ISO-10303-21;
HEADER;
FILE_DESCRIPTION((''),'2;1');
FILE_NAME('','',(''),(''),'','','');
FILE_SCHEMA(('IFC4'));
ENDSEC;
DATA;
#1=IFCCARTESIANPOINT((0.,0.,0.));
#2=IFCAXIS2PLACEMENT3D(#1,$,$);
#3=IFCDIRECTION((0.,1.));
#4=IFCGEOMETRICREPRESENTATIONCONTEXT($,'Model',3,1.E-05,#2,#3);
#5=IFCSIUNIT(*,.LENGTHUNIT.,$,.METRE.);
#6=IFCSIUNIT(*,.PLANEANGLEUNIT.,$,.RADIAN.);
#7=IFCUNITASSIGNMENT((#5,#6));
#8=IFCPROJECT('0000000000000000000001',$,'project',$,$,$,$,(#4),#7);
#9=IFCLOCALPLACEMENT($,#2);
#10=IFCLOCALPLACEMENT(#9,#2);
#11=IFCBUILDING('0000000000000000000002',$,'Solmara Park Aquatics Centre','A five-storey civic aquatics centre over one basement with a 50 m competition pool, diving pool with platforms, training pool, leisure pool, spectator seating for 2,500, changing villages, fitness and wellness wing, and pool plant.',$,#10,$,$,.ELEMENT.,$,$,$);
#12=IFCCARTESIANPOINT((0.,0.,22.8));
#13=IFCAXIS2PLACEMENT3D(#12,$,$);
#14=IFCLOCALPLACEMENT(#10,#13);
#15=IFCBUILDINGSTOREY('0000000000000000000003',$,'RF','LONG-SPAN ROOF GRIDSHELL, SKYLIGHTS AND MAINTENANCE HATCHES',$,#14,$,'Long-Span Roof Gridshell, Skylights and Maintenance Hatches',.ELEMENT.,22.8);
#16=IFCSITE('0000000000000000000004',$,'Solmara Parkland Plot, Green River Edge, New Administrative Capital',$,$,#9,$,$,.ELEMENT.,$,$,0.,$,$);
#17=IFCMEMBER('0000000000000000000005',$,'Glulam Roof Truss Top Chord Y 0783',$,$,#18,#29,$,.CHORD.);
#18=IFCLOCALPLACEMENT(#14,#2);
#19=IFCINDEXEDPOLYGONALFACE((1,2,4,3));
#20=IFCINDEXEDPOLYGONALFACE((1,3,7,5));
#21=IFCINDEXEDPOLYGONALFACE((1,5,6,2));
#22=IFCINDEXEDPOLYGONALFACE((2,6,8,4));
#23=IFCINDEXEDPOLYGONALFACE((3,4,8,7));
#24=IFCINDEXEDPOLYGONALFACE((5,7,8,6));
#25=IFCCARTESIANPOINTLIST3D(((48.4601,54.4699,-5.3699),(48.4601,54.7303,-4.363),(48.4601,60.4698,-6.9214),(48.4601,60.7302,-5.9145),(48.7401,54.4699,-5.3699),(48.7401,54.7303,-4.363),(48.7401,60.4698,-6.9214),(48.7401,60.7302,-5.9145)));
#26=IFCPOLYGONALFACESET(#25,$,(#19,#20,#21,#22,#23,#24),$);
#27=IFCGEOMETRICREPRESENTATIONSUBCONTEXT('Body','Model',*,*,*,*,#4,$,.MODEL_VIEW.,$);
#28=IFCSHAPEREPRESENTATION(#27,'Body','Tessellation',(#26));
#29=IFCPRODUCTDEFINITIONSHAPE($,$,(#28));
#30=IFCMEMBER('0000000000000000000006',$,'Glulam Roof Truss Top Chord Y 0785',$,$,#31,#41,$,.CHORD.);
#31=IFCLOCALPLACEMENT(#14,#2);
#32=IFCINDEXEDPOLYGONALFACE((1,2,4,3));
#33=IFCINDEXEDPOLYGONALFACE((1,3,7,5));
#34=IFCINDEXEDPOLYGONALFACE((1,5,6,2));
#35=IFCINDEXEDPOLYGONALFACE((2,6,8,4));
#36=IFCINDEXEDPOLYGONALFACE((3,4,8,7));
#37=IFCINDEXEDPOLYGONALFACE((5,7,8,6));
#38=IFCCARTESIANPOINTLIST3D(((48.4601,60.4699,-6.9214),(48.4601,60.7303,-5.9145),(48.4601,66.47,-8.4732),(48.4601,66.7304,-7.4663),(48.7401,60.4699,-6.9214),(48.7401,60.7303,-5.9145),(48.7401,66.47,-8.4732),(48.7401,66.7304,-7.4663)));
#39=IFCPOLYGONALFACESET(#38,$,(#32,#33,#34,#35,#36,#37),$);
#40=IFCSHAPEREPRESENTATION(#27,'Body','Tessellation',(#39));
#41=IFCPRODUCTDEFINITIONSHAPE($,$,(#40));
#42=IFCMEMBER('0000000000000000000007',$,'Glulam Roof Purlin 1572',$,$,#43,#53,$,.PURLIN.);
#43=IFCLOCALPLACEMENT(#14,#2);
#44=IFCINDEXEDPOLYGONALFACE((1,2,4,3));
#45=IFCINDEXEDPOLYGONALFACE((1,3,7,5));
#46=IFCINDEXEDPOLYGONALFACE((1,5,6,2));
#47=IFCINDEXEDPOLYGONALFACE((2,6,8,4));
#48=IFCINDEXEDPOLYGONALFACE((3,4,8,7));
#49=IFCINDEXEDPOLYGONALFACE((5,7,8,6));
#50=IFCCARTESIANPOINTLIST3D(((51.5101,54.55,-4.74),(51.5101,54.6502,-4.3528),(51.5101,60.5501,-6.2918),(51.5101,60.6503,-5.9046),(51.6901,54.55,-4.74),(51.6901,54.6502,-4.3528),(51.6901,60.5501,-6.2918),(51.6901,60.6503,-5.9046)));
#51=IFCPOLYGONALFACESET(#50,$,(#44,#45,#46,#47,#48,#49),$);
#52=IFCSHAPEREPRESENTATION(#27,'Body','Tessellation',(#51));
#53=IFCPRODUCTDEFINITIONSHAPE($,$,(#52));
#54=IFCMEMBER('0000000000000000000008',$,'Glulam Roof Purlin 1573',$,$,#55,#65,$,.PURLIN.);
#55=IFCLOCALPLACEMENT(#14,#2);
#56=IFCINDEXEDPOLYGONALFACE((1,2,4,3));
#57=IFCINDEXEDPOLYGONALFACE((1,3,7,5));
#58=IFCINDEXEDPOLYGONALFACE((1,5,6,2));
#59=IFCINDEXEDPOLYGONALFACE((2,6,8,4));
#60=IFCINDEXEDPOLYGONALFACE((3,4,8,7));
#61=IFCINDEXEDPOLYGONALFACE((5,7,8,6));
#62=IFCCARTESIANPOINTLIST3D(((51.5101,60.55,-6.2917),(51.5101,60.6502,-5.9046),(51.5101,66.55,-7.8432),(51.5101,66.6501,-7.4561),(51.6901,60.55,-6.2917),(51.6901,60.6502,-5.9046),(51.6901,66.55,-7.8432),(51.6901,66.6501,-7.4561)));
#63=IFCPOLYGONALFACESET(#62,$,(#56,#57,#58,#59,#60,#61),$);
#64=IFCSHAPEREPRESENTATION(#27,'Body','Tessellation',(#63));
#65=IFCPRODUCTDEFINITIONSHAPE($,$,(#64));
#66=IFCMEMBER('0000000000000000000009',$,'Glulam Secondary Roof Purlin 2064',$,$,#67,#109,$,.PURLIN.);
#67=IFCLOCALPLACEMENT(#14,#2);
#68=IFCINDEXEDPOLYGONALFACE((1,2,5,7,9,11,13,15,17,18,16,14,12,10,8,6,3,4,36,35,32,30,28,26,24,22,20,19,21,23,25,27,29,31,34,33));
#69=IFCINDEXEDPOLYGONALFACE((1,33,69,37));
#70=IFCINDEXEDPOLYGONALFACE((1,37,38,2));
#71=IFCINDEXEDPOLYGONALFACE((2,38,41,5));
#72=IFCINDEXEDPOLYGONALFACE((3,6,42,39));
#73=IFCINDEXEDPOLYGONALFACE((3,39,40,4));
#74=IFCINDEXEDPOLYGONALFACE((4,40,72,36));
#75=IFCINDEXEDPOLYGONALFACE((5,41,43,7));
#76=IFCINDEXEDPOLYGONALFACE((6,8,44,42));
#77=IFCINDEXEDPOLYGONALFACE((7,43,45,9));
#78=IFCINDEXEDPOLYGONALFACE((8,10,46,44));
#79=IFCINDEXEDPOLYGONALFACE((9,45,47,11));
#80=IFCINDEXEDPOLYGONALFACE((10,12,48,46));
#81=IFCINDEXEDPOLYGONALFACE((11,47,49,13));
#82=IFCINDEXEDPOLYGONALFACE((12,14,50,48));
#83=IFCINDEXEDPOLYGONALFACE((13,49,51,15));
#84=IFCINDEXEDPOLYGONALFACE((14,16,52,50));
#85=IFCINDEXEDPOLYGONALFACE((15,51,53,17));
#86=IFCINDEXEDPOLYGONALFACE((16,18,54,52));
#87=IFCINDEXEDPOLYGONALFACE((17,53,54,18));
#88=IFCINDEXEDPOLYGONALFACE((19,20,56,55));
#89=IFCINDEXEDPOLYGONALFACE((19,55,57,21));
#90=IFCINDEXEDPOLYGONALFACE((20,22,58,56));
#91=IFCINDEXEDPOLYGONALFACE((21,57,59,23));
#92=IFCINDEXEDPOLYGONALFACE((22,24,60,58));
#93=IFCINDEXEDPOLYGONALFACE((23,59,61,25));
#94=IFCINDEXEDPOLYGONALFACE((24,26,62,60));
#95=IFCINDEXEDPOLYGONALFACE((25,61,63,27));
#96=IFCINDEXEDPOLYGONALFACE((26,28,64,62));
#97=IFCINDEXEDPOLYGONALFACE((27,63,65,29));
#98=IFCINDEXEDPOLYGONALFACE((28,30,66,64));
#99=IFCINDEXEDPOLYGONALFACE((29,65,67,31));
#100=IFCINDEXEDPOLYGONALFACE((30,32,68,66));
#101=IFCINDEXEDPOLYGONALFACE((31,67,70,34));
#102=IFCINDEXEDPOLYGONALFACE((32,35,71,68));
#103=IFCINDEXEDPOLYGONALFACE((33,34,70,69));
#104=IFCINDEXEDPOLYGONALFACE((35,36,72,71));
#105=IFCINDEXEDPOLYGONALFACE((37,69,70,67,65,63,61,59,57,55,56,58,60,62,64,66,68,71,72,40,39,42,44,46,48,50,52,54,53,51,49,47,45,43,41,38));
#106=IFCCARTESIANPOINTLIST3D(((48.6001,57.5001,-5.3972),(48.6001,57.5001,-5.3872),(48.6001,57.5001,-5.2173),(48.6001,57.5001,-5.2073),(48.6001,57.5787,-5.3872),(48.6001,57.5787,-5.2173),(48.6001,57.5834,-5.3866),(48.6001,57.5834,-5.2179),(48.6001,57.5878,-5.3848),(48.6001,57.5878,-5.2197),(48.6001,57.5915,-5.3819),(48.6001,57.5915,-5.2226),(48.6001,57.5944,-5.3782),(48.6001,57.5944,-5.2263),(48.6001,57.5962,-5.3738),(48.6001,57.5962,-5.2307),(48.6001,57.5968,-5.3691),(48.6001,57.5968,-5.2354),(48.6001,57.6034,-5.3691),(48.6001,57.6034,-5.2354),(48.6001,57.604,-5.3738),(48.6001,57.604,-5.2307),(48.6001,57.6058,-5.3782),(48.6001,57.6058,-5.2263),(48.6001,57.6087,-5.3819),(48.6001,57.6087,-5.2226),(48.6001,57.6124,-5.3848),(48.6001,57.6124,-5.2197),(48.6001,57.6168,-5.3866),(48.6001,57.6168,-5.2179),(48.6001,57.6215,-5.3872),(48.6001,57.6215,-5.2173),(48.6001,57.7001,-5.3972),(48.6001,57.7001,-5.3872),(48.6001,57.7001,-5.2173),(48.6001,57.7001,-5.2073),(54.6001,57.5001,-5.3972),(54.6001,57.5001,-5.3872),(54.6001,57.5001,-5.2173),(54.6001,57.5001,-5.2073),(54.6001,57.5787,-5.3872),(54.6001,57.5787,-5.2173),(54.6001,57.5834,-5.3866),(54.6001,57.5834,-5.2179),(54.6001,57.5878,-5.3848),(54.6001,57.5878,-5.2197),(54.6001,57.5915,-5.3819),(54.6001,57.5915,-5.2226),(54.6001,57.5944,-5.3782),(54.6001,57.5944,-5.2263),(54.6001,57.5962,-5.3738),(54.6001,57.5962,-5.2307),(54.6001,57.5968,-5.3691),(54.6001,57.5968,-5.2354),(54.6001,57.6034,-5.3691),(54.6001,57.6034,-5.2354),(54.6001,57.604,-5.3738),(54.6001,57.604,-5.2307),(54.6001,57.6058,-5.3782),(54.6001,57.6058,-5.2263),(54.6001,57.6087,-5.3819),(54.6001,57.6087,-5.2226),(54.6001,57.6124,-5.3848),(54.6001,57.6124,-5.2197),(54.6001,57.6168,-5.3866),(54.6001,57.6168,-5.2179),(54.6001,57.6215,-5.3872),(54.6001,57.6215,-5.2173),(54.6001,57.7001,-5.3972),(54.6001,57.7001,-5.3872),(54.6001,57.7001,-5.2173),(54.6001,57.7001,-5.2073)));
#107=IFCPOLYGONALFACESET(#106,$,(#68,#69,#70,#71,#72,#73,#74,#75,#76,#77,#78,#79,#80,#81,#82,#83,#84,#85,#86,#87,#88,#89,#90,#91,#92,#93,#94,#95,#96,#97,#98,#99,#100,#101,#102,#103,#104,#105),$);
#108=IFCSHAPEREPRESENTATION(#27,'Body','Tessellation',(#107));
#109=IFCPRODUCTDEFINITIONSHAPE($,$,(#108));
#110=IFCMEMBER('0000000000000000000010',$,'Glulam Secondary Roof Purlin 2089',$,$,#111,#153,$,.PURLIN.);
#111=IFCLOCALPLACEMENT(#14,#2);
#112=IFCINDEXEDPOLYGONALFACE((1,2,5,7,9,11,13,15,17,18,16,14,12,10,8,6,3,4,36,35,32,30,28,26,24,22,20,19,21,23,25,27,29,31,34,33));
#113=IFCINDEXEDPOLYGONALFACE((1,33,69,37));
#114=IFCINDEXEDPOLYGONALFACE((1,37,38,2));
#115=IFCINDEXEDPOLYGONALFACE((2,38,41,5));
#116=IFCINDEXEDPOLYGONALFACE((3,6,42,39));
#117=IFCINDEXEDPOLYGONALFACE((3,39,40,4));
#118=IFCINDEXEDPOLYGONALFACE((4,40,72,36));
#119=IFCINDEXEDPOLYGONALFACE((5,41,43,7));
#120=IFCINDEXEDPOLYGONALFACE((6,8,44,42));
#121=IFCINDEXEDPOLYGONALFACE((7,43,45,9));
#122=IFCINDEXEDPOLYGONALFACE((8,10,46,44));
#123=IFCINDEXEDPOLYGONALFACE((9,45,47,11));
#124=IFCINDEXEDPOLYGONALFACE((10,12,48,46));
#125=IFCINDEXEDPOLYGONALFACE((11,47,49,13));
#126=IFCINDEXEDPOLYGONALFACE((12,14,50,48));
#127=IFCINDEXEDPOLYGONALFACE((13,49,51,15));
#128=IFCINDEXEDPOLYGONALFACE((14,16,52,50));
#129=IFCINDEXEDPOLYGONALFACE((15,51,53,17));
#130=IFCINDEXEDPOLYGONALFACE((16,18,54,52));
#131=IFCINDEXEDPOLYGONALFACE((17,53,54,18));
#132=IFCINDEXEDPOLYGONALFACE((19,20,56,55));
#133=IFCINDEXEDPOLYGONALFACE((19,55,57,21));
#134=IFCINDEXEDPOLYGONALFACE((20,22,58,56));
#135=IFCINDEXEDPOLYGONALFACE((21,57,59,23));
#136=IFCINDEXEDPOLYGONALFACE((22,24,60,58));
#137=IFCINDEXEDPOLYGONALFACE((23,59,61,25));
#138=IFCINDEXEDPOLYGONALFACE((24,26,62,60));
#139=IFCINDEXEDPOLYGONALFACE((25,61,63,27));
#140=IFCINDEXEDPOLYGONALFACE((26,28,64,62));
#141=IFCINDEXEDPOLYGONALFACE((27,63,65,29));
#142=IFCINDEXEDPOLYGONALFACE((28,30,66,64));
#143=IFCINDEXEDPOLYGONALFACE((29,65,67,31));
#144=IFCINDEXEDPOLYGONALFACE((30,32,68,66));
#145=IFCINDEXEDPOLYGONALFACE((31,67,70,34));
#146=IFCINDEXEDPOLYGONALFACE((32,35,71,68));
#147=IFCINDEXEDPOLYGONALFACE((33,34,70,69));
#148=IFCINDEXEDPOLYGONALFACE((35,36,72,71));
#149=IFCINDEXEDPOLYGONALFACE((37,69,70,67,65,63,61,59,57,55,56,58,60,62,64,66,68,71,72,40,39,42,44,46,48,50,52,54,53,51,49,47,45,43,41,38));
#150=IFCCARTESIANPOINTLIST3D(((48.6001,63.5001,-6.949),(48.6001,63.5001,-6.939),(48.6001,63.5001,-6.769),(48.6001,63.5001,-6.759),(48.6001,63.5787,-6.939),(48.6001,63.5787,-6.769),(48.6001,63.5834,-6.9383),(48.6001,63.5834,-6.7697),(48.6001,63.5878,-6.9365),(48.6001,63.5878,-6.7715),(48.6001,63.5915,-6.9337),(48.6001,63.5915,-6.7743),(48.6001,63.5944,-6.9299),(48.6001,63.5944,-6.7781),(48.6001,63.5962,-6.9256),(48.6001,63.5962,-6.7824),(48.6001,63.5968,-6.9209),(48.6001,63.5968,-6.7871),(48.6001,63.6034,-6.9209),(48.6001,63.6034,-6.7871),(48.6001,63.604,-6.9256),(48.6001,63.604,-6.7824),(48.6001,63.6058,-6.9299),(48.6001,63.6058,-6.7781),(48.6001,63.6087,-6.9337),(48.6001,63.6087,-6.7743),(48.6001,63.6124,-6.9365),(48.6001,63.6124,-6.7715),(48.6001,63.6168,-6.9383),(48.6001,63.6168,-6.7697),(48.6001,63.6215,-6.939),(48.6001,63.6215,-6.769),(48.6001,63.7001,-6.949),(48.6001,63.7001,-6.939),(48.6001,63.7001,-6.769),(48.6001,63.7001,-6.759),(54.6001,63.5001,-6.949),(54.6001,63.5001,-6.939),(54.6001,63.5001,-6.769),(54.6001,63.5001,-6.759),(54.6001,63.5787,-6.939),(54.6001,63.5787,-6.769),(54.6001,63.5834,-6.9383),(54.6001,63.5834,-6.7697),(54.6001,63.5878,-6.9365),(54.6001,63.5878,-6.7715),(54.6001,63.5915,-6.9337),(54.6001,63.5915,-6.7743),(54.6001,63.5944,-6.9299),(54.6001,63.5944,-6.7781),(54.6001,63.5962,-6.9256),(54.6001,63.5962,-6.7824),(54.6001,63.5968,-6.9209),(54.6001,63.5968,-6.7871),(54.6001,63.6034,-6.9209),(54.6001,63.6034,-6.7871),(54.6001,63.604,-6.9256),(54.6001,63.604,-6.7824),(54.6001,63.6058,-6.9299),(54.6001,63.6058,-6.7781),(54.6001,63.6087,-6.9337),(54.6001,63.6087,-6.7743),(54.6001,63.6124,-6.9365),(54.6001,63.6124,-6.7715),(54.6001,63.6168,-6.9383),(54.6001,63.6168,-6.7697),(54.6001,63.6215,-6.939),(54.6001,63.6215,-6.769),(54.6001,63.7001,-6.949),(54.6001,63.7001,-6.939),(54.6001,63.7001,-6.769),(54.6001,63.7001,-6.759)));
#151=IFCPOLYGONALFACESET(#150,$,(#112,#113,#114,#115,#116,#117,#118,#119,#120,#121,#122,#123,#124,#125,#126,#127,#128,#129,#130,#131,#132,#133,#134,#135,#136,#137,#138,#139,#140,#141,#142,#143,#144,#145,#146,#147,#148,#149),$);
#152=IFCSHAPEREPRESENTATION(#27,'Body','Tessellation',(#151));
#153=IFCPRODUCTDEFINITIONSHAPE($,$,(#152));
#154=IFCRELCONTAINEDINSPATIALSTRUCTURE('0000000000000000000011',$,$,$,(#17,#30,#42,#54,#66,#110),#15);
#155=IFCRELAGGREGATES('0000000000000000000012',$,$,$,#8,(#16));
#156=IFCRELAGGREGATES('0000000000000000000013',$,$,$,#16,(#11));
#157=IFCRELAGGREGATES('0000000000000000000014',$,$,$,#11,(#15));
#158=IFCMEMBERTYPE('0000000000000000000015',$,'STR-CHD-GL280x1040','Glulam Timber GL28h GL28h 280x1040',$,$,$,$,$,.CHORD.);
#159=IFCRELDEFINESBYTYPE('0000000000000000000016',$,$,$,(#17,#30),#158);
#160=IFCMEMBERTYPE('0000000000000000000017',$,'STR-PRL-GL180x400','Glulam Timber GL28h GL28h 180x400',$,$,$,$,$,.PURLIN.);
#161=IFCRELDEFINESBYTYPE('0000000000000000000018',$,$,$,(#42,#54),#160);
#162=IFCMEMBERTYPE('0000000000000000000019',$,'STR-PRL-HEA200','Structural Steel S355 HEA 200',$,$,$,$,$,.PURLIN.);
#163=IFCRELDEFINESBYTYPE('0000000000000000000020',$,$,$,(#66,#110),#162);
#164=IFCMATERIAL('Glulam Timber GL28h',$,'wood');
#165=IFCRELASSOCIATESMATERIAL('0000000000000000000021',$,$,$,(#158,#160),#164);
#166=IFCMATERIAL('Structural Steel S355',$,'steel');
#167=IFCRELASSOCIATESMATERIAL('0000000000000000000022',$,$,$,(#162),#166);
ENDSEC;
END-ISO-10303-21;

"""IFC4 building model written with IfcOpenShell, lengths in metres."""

from ifc_helpers import new_model, si_unit, direction, frame, origin, origin_2d, place, context, subcontext, project, spatial, rectangle, i_section, extrude, material, material_profile, profile_set, type_object, element, save


model = new_model("IFC4")

# Units and contexts
model_context = context("Model", 3, precision=1e-05, world=origin(), true_north=direction((0.0, 1.0)))
body_context = subcontext(model_context, "Body", "Model", "MODEL_VIEW")
ifc_project = project(units=[si_unit("LENGTHUNIT", "METRE"), si_unit("PLANEANGLEUNIT", "RADIAN")], contexts=[model_context])

# Site, building, storey
site_placement = place(None, origin())
site = spatial("IfcSite", under=ifc_project, at=site_placement, Name="Solmara Parkland Plot, Green River Edge, New Administrative Capital", CompositionType="ELEMENT", RefElevation=0.0)
building_placement = place(site_placement, origin())
building = spatial("IfcBuilding", under=site, at=building_placement, Name="Solmara Park Aquatics Centre", Description="A five-storey civic aquatics centre over one basement with a 50 m competition pool, diving pool with platforms, training pool, leisure pool, spectator seating for 2,500, changing villages, fitness and wellness wing, and pool plant.", CompositionType="ELEMENT")
storey_placement = place(building_placement, frame((0.0, 0.0, 22.8)))
storey = spatial("IfcBuildingStorey", under=building, at=storey_placement, Name="RF", Description="LONG-SPAN ROOF GRIDSHELL, SKYLIGHTS AND MAINTENANCE HATCHES", LongName="Long-Span Roof Gridshell, Skylights and Maintenance Hatches", CompositionType="ELEMENT", Elevation=22.8)

# Members
ifc_material_1 = material(Name="Structural Steel S355", Category="steel")
ifc_material_2 = material(Name="Glulam Timber GL28h", Category="wood")
ifc_material_profile_1 = material_profile(ifc_material_2, rectangle(XDim=0.28, YDim=1.04, at=origin_2d()), Name="GL28h 280x1040")
ifc_profile_set_1 = profile_set([ifc_material_profile_1], Name="Glulam Timber GL28h")
member_type_1 = type_object("IfcMemberType", Name="STR-CHD-GL280x1040", Description="Glulam Timber GL28h GL28h 280x1040", PredefinedType="CHORD", material=ifc_profile_set_1)
member_1_placement = place(storey_placement, frame((48.6001, 54.6001, -4.8665), z_axis=(0.0, 0.968155, -0.250351), x_axis=(-1.0, 0.0, 0.0)))
element("IfcMember", 1, at=member_1_placement, inside=storey, type_object=member_type_1, Name="Glulam Roof Truss Top Chord Y 0783", PredefinedType="CHORD", context=body_context, shape_type="SweptSolid", body=[
    extrude(rectangle(XDim=0.28, YDim=1.04, at=origin_2d()), origin(), (0.0, 0.0, 1.0), 6.1973),
])
member_2_placement = place(storey_placement, frame((48.6001, 60.6001, -6.418), z_axis=(0.0, 0.968146, -0.250388), x_axis=(-1.0, 0.0, 0.0)))
element("IfcMember", 2, at=member_2_placement, inside=storey, type_object=member_type_1, Name="Glulam Roof Truss Top Chord Y 0785", PredefinedType="CHORD", context=body_context, shape_type="SweptSolid", body=[
    extrude(rectangle(XDim=0.28, YDim=1.04, at=origin_2d()), origin(), (0.0, 0.0, 1.0), 6.1975),
])
ifc_material_profile_2 = material_profile(ifc_material_2, rectangle(XDim=0.1799, YDim=0.3999, at=origin_2d()), Name="GL28h 180x400")
ifc_profile_set_2 = profile_set([ifc_material_profile_2], Name="Glulam Timber GL28h")
member_type_2 = type_object("IfcMemberType", Name="STR-PRL-GL180x400", Description="Glulam Timber GL28h GL28h 180x400", PredefinedType="PURLIN", material=ifc_profile_set_2)
member_3_placement = place(storey_placement, frame((51.6001, 54.6001, -4.5464), z_axis=(0.0, 0.968146, -0.250388), x_axis=(-1.0, 0.0, 0.0)))
element("IfcMember", 3, at=member_3_placement, inside=storey, type_object=member_type_2, Name="Glulam Roof Purlin 1572", PredefinedType="PURLIN", context=body_context, shape_type="SweptSolid", body=[
    extrude(rectangle(XDim=0.1799, YDim=0.3999, at=origin_2d()), origin(), (0.0, 0.0, 1.0), 6.1975),
])
member_4_placement = place(storey_placement, frame((51.6001, 60.6001, -6.0981), z_axis=(0.0, 0.968155, -0.250351), x_axis=(-1.0, 0.0, 0.0)))
element("IfcMember", 4, at=member_4_placement, inside=storey, type_object=member_type_2, Name="Glulam Roof Purlin 1573", PredefinedType="PURLIN", context=body_context, shape_type="SweptSolid", body=[
    extrude(rectangle(XDim=0.1799, YDim=0.3999, at=origin_2d()), origin(), (0.0, 0.0, 1.0), 6.1973),
])
ifc_material_profile_3 = material_profile(ifc_material_1, i_section(OverallWidth=0.2, OverallDepth=0.1899, WebThickness=0.0066, FlangeThickness=0.01, FilletRadius=0.0181, at=origin_2d()), Name="HEA 200")
ifc_profile_set_3 = profile_set([ifc_material_profile_3], Name="Structural Steel S355")
member_type_3 = type_object("IfcMemberType", Name="STR-PRL-HEA200", Description="Structural Steel S355 HEA 200", PredefinedType="PURLIN", material=ifc_profile_set_3)
for number, where, z_axis, x_axis, name in (
    (5, (48.6001, 57.6001, -5.3022), (1.0, 0.0, 0.0), (0.0, 1.0, 0.0), "Glulam Secondary Roof Purlin 2064"),
    (6, (48.6001, 63.6001, -6.854), (1.0, 0.0, 0.0), (0.0, 1.0, 0.0), "Glulam Secondary Roof Purlin 2089"),
):
    element("IfcMember", number, at=place(storey_placement, frame(where, z_axis=z_axis, x_axis=x_axis)), inside=storey, type_object=member_type_3, Name=name, PredefinedType="PURLIN", context=body_context, shape_type="SweptSolid", body=[
        extrude(i_section(OverallWidth=0.2, OverallDepth=0.1899, WebThickness=0.0066, FlangeThickness=0.01, FilletRadius=0.0181, at=origin_2d()), origin(), (0.0, 0.0, 1.0), 6.0),
    ])

save(model, "model.ifc")
